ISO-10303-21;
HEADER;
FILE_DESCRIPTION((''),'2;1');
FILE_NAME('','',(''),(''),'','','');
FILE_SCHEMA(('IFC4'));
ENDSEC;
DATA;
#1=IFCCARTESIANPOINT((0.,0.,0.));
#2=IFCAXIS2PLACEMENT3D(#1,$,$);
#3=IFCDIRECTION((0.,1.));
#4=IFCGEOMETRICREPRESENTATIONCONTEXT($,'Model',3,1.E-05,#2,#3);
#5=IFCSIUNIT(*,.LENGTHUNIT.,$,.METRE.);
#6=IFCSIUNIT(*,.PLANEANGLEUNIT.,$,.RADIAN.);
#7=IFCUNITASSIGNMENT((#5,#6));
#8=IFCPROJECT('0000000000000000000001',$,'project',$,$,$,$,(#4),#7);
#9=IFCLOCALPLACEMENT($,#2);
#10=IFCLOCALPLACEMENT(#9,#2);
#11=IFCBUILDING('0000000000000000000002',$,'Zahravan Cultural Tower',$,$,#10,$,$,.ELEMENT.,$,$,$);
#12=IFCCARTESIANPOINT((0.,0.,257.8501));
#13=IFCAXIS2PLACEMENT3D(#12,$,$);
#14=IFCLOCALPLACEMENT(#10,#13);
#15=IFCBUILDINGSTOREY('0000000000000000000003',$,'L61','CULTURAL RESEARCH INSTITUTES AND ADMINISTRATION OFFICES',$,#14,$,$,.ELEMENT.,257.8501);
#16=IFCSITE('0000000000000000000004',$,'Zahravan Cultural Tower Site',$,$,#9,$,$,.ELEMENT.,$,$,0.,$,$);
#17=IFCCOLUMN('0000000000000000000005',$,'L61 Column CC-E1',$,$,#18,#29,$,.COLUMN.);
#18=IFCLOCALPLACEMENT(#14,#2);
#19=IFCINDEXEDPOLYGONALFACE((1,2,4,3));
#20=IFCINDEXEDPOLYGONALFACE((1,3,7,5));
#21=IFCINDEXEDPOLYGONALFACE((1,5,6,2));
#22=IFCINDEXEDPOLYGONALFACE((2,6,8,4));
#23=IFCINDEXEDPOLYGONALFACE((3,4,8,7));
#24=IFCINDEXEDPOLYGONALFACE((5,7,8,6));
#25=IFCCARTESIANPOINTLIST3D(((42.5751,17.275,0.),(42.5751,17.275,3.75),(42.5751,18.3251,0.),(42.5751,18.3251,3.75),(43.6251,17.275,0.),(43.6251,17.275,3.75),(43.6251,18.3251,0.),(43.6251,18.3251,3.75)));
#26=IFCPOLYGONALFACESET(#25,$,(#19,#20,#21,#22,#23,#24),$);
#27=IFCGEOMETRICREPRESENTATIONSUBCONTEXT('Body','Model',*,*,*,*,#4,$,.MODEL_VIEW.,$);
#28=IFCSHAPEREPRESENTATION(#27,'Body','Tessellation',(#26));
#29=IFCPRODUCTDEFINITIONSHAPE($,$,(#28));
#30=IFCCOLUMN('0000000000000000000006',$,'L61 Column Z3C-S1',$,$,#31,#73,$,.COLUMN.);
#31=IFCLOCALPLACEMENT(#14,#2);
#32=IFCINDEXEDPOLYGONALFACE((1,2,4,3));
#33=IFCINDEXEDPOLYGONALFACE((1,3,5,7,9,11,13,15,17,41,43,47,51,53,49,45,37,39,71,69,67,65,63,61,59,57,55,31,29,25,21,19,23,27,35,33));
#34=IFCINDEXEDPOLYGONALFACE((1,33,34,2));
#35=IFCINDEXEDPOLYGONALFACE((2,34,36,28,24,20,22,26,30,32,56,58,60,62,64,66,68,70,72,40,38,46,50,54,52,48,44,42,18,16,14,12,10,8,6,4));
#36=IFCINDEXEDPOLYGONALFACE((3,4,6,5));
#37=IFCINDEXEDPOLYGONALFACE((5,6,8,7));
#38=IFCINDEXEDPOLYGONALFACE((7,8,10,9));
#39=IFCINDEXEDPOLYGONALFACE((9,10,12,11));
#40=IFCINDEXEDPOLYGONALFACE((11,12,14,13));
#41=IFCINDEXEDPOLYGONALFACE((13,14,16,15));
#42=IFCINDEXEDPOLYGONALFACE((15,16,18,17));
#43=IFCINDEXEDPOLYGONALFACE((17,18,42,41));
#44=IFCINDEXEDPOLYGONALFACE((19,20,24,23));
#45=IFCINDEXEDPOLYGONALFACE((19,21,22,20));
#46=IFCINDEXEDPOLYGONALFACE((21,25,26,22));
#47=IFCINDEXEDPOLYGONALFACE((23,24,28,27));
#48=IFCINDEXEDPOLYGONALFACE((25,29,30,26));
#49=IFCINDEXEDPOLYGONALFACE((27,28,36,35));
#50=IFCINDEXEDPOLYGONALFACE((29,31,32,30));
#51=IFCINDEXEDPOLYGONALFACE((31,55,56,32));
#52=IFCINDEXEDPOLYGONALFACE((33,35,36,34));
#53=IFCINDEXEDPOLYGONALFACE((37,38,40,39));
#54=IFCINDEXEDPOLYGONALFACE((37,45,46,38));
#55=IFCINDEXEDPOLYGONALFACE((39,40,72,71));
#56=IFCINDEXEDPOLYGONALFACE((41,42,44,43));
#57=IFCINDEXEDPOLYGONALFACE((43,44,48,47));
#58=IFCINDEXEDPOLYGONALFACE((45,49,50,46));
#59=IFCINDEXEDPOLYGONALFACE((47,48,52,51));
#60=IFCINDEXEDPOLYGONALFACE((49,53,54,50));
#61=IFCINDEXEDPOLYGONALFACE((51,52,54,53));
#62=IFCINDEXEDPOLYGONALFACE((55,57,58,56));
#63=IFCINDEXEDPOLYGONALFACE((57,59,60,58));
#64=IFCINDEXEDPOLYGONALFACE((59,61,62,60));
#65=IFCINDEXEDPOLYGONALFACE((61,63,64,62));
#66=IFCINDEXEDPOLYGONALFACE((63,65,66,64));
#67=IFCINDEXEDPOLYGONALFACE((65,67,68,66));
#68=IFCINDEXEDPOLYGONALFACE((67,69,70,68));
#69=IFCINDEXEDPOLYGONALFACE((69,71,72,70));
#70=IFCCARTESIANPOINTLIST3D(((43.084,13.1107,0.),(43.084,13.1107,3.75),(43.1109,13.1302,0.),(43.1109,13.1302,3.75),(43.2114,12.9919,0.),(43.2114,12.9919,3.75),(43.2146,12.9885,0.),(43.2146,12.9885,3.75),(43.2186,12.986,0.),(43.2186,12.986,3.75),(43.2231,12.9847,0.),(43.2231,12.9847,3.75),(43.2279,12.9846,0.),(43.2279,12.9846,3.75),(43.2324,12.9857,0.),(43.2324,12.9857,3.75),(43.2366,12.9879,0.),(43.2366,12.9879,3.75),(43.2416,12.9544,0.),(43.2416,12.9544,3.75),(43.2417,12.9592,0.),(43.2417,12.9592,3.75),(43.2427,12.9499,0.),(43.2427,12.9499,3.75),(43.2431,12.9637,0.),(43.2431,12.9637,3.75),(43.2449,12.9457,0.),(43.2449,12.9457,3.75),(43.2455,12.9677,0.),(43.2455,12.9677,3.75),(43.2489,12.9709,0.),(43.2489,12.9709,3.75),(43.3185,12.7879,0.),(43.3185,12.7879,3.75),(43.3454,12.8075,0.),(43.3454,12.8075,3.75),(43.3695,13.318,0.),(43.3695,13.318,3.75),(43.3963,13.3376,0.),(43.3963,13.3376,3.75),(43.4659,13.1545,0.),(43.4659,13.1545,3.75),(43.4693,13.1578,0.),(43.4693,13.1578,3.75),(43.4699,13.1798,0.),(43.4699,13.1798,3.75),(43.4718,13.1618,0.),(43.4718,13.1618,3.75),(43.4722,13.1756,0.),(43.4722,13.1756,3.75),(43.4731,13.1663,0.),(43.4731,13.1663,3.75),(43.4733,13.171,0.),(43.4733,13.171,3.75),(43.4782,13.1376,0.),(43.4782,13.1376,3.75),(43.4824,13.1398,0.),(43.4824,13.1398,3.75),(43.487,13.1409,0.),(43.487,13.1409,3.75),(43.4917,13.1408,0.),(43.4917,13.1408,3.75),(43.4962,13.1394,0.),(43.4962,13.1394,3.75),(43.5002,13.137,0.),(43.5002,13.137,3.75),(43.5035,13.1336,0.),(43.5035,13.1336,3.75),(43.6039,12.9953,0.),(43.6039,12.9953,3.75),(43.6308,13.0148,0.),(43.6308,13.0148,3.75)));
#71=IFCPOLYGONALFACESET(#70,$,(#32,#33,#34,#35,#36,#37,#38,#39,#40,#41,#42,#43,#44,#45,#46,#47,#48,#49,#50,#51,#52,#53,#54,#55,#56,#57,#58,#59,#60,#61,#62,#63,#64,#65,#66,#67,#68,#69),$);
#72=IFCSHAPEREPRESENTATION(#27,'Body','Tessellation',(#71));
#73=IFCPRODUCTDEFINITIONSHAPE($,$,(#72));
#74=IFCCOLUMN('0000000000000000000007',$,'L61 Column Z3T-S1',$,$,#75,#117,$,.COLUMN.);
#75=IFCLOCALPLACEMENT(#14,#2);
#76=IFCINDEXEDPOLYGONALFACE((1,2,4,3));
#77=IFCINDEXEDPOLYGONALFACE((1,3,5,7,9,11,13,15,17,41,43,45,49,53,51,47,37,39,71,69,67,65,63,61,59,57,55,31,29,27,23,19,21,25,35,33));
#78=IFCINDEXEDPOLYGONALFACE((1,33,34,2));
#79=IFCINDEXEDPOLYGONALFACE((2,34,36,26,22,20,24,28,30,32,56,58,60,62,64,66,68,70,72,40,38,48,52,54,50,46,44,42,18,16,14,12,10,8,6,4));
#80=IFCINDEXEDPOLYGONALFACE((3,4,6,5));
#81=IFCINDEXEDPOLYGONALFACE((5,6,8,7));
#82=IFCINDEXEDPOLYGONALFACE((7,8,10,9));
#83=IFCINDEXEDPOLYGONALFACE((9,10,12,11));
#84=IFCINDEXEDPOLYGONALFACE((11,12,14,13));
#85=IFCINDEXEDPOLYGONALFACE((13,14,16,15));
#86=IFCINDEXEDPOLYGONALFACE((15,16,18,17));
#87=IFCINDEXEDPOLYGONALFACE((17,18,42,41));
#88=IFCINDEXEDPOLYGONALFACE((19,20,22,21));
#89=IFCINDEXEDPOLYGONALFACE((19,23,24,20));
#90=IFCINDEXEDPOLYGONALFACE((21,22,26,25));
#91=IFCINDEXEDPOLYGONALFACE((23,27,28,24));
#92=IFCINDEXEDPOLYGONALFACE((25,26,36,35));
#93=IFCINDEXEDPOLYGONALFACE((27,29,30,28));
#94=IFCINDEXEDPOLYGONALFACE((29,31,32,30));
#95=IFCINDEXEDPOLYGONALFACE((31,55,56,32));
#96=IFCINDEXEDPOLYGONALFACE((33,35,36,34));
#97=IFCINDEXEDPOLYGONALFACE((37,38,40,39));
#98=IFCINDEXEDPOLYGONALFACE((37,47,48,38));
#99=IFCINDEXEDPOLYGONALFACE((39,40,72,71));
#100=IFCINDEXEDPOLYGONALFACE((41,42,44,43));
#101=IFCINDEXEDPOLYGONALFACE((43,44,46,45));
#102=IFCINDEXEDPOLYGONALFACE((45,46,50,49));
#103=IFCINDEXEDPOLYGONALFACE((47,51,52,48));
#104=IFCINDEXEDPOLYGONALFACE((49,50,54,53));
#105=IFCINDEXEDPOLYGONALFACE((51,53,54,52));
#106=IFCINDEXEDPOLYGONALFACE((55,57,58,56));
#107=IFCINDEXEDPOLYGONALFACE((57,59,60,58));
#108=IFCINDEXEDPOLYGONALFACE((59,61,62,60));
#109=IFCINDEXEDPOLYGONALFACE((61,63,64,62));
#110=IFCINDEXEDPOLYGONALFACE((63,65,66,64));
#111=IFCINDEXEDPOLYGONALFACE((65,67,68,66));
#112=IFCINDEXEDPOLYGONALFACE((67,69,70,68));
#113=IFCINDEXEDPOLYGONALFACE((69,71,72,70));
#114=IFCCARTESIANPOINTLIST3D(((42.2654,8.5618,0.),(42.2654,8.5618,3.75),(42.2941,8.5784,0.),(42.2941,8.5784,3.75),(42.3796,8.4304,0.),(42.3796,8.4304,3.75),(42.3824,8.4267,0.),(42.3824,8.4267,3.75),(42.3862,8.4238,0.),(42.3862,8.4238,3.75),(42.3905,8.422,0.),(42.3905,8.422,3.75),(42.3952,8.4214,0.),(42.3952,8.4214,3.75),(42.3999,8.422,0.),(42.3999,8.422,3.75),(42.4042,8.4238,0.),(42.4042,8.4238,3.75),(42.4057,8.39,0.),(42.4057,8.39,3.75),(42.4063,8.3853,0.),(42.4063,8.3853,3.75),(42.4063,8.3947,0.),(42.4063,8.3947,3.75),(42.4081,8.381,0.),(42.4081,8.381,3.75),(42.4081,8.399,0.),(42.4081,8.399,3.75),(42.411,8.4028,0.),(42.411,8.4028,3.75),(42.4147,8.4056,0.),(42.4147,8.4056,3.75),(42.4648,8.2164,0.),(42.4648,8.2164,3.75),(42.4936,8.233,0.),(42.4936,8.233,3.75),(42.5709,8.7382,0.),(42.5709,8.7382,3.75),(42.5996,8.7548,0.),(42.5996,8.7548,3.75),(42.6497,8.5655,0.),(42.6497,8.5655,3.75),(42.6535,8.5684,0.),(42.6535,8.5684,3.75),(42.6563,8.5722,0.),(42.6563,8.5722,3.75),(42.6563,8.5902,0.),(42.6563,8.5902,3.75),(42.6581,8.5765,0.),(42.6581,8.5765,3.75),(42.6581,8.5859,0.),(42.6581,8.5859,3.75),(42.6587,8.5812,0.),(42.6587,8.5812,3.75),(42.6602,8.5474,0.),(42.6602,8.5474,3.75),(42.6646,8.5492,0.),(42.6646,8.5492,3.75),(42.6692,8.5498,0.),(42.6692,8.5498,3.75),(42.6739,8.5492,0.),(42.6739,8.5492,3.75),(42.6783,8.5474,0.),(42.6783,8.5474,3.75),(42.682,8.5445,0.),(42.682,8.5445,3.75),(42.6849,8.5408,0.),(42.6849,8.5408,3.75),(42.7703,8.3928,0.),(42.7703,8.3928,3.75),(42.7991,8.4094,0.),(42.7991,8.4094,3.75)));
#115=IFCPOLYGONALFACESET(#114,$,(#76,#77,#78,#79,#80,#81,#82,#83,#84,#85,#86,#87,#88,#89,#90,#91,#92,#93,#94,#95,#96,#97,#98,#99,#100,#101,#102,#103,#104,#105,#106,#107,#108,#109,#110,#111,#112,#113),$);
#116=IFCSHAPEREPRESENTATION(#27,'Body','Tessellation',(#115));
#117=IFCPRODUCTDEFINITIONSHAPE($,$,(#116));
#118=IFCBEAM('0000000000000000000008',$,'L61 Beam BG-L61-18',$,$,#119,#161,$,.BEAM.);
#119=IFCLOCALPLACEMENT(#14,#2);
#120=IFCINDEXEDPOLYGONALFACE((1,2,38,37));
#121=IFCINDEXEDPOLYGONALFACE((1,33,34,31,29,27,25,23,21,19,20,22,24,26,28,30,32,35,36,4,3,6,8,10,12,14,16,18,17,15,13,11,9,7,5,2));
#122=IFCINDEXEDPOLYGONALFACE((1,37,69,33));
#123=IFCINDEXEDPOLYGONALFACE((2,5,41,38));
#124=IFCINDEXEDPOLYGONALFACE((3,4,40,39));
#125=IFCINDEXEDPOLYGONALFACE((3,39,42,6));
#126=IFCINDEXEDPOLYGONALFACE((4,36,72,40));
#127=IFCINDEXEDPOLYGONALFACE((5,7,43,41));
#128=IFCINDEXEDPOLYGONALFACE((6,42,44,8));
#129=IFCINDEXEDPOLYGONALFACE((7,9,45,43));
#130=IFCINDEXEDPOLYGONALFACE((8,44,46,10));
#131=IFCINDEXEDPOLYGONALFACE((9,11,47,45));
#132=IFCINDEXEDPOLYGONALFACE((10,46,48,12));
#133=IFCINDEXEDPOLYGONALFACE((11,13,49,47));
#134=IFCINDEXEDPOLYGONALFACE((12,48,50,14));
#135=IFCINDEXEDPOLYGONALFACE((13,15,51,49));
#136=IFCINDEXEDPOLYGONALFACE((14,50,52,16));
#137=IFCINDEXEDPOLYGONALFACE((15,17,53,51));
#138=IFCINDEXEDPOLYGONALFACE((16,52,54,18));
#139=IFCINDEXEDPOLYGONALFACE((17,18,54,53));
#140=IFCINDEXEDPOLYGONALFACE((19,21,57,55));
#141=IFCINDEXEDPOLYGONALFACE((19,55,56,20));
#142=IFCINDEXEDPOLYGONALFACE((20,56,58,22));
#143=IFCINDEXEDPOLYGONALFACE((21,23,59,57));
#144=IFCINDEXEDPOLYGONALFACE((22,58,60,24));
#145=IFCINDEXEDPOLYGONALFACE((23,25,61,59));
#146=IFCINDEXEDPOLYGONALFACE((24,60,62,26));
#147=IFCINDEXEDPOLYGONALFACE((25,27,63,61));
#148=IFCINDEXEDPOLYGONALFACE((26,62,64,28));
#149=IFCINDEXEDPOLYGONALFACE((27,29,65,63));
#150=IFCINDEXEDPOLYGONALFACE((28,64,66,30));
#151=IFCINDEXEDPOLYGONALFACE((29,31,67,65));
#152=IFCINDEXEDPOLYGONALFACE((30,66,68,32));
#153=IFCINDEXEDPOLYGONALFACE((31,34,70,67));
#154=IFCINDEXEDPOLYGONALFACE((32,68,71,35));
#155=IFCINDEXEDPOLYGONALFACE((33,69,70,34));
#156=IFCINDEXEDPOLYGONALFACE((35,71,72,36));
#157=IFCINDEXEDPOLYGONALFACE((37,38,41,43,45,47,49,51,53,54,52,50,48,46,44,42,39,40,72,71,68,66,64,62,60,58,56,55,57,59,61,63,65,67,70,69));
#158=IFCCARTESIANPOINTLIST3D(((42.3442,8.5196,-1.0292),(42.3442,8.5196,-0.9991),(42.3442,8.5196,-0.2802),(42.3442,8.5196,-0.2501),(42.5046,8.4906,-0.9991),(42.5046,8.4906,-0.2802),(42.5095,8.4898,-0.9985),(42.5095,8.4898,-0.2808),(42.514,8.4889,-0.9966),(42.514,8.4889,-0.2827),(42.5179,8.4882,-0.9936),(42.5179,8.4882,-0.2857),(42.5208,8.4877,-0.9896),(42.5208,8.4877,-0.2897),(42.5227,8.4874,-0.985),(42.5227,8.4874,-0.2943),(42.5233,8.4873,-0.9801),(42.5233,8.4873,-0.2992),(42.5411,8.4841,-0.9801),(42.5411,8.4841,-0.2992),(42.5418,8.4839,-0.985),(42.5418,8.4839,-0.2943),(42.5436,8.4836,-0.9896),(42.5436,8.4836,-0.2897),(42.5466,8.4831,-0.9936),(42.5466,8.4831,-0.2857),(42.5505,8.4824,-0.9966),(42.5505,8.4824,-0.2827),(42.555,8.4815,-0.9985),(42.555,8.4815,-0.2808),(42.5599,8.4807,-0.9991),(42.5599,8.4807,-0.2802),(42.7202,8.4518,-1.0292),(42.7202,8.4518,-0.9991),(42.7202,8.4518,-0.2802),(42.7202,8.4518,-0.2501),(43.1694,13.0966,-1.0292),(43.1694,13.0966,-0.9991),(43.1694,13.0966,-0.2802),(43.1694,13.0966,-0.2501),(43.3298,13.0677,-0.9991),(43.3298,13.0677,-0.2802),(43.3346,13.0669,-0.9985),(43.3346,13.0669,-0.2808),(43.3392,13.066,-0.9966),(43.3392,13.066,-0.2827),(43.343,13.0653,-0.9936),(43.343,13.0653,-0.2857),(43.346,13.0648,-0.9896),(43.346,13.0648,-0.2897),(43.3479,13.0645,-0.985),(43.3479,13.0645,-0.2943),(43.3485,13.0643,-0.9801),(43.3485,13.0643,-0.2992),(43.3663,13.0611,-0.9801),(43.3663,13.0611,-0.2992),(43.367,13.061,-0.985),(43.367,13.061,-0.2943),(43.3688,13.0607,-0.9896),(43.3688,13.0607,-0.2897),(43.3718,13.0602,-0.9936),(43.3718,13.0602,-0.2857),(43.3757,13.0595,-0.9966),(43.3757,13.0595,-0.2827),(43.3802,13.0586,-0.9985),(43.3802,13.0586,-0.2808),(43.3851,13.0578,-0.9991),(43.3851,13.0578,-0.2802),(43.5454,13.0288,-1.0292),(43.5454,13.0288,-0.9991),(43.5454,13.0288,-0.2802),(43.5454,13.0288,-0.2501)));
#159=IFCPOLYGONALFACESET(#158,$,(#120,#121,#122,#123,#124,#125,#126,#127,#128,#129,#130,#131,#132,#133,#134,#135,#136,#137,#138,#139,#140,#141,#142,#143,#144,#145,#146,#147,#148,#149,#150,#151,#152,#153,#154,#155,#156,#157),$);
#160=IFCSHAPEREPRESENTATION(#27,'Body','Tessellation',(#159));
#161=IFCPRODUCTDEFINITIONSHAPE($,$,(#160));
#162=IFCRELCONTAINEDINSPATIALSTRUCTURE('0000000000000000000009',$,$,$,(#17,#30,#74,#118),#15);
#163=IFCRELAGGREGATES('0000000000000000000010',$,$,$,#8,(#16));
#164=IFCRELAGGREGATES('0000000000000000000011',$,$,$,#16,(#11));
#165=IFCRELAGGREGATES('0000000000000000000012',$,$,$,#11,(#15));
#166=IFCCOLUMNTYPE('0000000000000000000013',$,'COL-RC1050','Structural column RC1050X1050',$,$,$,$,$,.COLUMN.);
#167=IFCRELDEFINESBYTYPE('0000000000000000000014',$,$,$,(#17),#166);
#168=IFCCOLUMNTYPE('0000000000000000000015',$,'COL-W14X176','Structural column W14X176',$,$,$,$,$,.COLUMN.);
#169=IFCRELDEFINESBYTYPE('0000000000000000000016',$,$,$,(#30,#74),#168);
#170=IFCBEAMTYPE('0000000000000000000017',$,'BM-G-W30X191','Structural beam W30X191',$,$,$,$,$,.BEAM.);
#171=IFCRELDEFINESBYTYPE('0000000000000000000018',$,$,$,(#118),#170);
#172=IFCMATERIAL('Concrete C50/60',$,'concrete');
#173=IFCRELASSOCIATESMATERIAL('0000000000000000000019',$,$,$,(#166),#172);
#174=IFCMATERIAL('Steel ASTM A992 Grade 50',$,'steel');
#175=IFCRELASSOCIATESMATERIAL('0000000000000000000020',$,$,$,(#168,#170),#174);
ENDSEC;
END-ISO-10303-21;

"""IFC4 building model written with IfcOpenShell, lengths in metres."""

from ifc_helpers import new_model, si_unit, direction, frame, origin, origin_2d, place, context, subcontext, project, spatial, rectangle, i_section, extrude, source, transform, mapped, material, material_profile, profile_set, type_object, element, save


model = new_model("IFC4")

# Units and contexts
model_context = context("Model", 3, precision=1e-05, world=origin(), true_north=direction((0.0, 1.0)))
body_context = subcontext(model_context, "Body", "Model", "MODEL_VIEW")
ifc_project = project(units=[si_unit("LENGTHUNIT", "METRE"), si_unit("PLANEANGLEUNIT", "RADIAN")], contexts=[model_context])

# Site, building, storey
site_placement = place(None, origin())
site = spatial("IfcSite", under=ifc_project, at=site_placement, Name="Zahravan Cultural Tower Site", CompositionType="ELEMENT", RefElevation=0.0)
building_placement = place(site_placement, origin())
building = spatial("IfcBuilding", under=site, at=building_placement, Name="Zahravan Cultural Tower", CompositionType="ELEMENT")
storey_placement = place(building_placement, frame((0.0, 0.0, 257.8501)))
storey = spatial("IfcBuildingStorey", under=building, at=storey_placement, Name="L61", Description="CULTURAL RESEARCH INSTITUTES AND ADMINISTRATION OFFICES", CompositionType="ELEMENT", Elevation=257.8501)

# Columns
ifc_material_1 = material(Name="Concrete C50/60", Category="concrete")
ifc_material_profile_1 = material_profile(ifc_material_1, rectangle(XDim=1.05, YDim=1.05, at=origin_2d()), Name="RC1050X1050")
ifc_profile_set_1 = profile_set([ifc_material_profile_1], Name="Concrete C50/60")
column_type_1 = type_object("IfcColumnType", Name="COL-RC1050", Description="Structural column RC1050X1050", PredefinedType="COLUMN", material=ifc_profile_set_1)
shared_shape_1 = source(origin(), body_context, "Body", "SweptSolid", [
    extrude(rectangle(XDim=1.05, YDim=1.05, at=origin_2d()), origin(), (0.0, 0.0, 1.0), 3.75),
])
column_placement = place(storey_placement, frame((43.1001, 17.8, 0.0), z_axis=(0.0, 0.0, 1.0), x_axis=(1.0, 0.0, 0.0)))
element("IfcColumn", 1, at=column_placement, inside=storey, type_object=column_type_1, Name="L61 Column CC-E1", PredefinedType="COLUMN", context=body_context, shape_type="MappedRepresentation", body=[
    mapped(shared_shape_1, transform((0.0, 0.0, 0.0), x_axis=(1.0, 0.0, 0.0), y_axis=(0.0, 1.0, 0.0), z_axis=(0.0, 0.0, 1.0), scale=1.0)),
])
ifc_material_2 = material(Name="Steel ASTM A992 Grade 50", Category="steel")
ifc_material_profile_2 = material_profile(ifc_material_2, i_section(OverallWidth=0.3989, OverallDepth=0.386, WebThickness=0.021, FlangeThickness=0.0332, FilletRadius=0.0181, at=origin_2d()), Name="W14X176")
ifc_profile_set_2 = profile_set([ifc_material_profile_2], Name="Steel ASTM A992 Grade 50")
column_type_2 = type_object("IfcColumnType", Name="COL-W14X176", Description="Structural column W14X176", PredefinedType="COLUMN", material=ifc_profile_set_2)
shared_shape_2 = source(origin(), body_context, "Body", "SweptSolid", [
    extrude(i_section(OverallWidth=0.3989, OverallDepth=0.386, WebThickness=0.021, FlangeThickness=0.0332, FilletRadius=0.0181, at=origin_2d()), origin(), (0.0, 0.0, 1.0), 3.75),
])
for number, where, z_axis, x_axis, name in (
    (2, (43.3574, 13.0627, 0.0), (0.0, 0.0, 1.0), (-0.587785, 0.809017, 0.0), "L61 Column Z3C-S1"),
    (3, (42.5322, 8.4856, 0.0), (0.0, 0.0, 1.0), (-0.5, 0.866025, 0.0), "L61 Column Z3T-S1"),
):
    element("IfcColumn", number, at=place(storey_placement, frame(where, z_axis=z_axis, x_axis=x_axis)), inside=storey, type_object=column_type_2, Name=name, PredefinedType="COLUMN", context=body_context, shape_type="MappedRepresentation", body=[
        mapped(shared_shape_2, transform((0.0, 0.0, 0.0), x_axis=(1.0, 0.0, 0.0), y_axis=(0.0, 1.0, 0.0), z_axis=(0.0, 0.0, 1.0), scale=1.0)),
    ])

# Beam
ifc_material_profile_3 = material_profile(ifc_material_2, i_section(OverallWidth=0.3821, OverallDepth=0.7791, WebThickness=0.0181, FlangeThickness=0.03, FilletRadius=0.019, at=origin_2d()), Name="W30X191")
ifc_profile_set_3 = profile_set([ifc_material_profile_3], Name="Steel ASTM A992 Grade 50")
beam_type = type_object("IfcBeamType", Name="BM-G-W30X191", Description="Structural beam W30X191", PredefinedType="BEAM", material=ifc_profile_set_3)
shared_shape_3 = source(origin(), body_context, "Body", "SweptSolid", [
    extrude(i_section(OverallWidth=0.3821, OverallDepth=0.7791, WebThickness=0.0181, FlangeThickness=0.03, FilletRadius=0.019, at=origin_2d()), origin(), (0.0, 0.0, 1.0), 4.6509),
])
beam_placement = place(storey_placement, frame((43.3574, 13.0627, -0.6396), z_axis=(-0.177426, -0.984134, 0.0), x_axis=(0.984134, -0.177426, 0.0)))
element("IfcBeam", 4, at=beam_placement, inside=storey, type_object=beam_type, Name="L61 Beam BG-L61-18", PredefinedType="BEAM", context=body_context, shape_type="MappedRepresentation", body=[
    mapped(shared_shape_3, transform((0.0, 0.0, 0.0), x_axis=(1.0, 0.0, 0.0), y_axis=(0.0, 1.0, 0.0), z_axis=(0.0, 0.0, 1.0), scale=1.0)),
])

save(model, "model.ifc")
